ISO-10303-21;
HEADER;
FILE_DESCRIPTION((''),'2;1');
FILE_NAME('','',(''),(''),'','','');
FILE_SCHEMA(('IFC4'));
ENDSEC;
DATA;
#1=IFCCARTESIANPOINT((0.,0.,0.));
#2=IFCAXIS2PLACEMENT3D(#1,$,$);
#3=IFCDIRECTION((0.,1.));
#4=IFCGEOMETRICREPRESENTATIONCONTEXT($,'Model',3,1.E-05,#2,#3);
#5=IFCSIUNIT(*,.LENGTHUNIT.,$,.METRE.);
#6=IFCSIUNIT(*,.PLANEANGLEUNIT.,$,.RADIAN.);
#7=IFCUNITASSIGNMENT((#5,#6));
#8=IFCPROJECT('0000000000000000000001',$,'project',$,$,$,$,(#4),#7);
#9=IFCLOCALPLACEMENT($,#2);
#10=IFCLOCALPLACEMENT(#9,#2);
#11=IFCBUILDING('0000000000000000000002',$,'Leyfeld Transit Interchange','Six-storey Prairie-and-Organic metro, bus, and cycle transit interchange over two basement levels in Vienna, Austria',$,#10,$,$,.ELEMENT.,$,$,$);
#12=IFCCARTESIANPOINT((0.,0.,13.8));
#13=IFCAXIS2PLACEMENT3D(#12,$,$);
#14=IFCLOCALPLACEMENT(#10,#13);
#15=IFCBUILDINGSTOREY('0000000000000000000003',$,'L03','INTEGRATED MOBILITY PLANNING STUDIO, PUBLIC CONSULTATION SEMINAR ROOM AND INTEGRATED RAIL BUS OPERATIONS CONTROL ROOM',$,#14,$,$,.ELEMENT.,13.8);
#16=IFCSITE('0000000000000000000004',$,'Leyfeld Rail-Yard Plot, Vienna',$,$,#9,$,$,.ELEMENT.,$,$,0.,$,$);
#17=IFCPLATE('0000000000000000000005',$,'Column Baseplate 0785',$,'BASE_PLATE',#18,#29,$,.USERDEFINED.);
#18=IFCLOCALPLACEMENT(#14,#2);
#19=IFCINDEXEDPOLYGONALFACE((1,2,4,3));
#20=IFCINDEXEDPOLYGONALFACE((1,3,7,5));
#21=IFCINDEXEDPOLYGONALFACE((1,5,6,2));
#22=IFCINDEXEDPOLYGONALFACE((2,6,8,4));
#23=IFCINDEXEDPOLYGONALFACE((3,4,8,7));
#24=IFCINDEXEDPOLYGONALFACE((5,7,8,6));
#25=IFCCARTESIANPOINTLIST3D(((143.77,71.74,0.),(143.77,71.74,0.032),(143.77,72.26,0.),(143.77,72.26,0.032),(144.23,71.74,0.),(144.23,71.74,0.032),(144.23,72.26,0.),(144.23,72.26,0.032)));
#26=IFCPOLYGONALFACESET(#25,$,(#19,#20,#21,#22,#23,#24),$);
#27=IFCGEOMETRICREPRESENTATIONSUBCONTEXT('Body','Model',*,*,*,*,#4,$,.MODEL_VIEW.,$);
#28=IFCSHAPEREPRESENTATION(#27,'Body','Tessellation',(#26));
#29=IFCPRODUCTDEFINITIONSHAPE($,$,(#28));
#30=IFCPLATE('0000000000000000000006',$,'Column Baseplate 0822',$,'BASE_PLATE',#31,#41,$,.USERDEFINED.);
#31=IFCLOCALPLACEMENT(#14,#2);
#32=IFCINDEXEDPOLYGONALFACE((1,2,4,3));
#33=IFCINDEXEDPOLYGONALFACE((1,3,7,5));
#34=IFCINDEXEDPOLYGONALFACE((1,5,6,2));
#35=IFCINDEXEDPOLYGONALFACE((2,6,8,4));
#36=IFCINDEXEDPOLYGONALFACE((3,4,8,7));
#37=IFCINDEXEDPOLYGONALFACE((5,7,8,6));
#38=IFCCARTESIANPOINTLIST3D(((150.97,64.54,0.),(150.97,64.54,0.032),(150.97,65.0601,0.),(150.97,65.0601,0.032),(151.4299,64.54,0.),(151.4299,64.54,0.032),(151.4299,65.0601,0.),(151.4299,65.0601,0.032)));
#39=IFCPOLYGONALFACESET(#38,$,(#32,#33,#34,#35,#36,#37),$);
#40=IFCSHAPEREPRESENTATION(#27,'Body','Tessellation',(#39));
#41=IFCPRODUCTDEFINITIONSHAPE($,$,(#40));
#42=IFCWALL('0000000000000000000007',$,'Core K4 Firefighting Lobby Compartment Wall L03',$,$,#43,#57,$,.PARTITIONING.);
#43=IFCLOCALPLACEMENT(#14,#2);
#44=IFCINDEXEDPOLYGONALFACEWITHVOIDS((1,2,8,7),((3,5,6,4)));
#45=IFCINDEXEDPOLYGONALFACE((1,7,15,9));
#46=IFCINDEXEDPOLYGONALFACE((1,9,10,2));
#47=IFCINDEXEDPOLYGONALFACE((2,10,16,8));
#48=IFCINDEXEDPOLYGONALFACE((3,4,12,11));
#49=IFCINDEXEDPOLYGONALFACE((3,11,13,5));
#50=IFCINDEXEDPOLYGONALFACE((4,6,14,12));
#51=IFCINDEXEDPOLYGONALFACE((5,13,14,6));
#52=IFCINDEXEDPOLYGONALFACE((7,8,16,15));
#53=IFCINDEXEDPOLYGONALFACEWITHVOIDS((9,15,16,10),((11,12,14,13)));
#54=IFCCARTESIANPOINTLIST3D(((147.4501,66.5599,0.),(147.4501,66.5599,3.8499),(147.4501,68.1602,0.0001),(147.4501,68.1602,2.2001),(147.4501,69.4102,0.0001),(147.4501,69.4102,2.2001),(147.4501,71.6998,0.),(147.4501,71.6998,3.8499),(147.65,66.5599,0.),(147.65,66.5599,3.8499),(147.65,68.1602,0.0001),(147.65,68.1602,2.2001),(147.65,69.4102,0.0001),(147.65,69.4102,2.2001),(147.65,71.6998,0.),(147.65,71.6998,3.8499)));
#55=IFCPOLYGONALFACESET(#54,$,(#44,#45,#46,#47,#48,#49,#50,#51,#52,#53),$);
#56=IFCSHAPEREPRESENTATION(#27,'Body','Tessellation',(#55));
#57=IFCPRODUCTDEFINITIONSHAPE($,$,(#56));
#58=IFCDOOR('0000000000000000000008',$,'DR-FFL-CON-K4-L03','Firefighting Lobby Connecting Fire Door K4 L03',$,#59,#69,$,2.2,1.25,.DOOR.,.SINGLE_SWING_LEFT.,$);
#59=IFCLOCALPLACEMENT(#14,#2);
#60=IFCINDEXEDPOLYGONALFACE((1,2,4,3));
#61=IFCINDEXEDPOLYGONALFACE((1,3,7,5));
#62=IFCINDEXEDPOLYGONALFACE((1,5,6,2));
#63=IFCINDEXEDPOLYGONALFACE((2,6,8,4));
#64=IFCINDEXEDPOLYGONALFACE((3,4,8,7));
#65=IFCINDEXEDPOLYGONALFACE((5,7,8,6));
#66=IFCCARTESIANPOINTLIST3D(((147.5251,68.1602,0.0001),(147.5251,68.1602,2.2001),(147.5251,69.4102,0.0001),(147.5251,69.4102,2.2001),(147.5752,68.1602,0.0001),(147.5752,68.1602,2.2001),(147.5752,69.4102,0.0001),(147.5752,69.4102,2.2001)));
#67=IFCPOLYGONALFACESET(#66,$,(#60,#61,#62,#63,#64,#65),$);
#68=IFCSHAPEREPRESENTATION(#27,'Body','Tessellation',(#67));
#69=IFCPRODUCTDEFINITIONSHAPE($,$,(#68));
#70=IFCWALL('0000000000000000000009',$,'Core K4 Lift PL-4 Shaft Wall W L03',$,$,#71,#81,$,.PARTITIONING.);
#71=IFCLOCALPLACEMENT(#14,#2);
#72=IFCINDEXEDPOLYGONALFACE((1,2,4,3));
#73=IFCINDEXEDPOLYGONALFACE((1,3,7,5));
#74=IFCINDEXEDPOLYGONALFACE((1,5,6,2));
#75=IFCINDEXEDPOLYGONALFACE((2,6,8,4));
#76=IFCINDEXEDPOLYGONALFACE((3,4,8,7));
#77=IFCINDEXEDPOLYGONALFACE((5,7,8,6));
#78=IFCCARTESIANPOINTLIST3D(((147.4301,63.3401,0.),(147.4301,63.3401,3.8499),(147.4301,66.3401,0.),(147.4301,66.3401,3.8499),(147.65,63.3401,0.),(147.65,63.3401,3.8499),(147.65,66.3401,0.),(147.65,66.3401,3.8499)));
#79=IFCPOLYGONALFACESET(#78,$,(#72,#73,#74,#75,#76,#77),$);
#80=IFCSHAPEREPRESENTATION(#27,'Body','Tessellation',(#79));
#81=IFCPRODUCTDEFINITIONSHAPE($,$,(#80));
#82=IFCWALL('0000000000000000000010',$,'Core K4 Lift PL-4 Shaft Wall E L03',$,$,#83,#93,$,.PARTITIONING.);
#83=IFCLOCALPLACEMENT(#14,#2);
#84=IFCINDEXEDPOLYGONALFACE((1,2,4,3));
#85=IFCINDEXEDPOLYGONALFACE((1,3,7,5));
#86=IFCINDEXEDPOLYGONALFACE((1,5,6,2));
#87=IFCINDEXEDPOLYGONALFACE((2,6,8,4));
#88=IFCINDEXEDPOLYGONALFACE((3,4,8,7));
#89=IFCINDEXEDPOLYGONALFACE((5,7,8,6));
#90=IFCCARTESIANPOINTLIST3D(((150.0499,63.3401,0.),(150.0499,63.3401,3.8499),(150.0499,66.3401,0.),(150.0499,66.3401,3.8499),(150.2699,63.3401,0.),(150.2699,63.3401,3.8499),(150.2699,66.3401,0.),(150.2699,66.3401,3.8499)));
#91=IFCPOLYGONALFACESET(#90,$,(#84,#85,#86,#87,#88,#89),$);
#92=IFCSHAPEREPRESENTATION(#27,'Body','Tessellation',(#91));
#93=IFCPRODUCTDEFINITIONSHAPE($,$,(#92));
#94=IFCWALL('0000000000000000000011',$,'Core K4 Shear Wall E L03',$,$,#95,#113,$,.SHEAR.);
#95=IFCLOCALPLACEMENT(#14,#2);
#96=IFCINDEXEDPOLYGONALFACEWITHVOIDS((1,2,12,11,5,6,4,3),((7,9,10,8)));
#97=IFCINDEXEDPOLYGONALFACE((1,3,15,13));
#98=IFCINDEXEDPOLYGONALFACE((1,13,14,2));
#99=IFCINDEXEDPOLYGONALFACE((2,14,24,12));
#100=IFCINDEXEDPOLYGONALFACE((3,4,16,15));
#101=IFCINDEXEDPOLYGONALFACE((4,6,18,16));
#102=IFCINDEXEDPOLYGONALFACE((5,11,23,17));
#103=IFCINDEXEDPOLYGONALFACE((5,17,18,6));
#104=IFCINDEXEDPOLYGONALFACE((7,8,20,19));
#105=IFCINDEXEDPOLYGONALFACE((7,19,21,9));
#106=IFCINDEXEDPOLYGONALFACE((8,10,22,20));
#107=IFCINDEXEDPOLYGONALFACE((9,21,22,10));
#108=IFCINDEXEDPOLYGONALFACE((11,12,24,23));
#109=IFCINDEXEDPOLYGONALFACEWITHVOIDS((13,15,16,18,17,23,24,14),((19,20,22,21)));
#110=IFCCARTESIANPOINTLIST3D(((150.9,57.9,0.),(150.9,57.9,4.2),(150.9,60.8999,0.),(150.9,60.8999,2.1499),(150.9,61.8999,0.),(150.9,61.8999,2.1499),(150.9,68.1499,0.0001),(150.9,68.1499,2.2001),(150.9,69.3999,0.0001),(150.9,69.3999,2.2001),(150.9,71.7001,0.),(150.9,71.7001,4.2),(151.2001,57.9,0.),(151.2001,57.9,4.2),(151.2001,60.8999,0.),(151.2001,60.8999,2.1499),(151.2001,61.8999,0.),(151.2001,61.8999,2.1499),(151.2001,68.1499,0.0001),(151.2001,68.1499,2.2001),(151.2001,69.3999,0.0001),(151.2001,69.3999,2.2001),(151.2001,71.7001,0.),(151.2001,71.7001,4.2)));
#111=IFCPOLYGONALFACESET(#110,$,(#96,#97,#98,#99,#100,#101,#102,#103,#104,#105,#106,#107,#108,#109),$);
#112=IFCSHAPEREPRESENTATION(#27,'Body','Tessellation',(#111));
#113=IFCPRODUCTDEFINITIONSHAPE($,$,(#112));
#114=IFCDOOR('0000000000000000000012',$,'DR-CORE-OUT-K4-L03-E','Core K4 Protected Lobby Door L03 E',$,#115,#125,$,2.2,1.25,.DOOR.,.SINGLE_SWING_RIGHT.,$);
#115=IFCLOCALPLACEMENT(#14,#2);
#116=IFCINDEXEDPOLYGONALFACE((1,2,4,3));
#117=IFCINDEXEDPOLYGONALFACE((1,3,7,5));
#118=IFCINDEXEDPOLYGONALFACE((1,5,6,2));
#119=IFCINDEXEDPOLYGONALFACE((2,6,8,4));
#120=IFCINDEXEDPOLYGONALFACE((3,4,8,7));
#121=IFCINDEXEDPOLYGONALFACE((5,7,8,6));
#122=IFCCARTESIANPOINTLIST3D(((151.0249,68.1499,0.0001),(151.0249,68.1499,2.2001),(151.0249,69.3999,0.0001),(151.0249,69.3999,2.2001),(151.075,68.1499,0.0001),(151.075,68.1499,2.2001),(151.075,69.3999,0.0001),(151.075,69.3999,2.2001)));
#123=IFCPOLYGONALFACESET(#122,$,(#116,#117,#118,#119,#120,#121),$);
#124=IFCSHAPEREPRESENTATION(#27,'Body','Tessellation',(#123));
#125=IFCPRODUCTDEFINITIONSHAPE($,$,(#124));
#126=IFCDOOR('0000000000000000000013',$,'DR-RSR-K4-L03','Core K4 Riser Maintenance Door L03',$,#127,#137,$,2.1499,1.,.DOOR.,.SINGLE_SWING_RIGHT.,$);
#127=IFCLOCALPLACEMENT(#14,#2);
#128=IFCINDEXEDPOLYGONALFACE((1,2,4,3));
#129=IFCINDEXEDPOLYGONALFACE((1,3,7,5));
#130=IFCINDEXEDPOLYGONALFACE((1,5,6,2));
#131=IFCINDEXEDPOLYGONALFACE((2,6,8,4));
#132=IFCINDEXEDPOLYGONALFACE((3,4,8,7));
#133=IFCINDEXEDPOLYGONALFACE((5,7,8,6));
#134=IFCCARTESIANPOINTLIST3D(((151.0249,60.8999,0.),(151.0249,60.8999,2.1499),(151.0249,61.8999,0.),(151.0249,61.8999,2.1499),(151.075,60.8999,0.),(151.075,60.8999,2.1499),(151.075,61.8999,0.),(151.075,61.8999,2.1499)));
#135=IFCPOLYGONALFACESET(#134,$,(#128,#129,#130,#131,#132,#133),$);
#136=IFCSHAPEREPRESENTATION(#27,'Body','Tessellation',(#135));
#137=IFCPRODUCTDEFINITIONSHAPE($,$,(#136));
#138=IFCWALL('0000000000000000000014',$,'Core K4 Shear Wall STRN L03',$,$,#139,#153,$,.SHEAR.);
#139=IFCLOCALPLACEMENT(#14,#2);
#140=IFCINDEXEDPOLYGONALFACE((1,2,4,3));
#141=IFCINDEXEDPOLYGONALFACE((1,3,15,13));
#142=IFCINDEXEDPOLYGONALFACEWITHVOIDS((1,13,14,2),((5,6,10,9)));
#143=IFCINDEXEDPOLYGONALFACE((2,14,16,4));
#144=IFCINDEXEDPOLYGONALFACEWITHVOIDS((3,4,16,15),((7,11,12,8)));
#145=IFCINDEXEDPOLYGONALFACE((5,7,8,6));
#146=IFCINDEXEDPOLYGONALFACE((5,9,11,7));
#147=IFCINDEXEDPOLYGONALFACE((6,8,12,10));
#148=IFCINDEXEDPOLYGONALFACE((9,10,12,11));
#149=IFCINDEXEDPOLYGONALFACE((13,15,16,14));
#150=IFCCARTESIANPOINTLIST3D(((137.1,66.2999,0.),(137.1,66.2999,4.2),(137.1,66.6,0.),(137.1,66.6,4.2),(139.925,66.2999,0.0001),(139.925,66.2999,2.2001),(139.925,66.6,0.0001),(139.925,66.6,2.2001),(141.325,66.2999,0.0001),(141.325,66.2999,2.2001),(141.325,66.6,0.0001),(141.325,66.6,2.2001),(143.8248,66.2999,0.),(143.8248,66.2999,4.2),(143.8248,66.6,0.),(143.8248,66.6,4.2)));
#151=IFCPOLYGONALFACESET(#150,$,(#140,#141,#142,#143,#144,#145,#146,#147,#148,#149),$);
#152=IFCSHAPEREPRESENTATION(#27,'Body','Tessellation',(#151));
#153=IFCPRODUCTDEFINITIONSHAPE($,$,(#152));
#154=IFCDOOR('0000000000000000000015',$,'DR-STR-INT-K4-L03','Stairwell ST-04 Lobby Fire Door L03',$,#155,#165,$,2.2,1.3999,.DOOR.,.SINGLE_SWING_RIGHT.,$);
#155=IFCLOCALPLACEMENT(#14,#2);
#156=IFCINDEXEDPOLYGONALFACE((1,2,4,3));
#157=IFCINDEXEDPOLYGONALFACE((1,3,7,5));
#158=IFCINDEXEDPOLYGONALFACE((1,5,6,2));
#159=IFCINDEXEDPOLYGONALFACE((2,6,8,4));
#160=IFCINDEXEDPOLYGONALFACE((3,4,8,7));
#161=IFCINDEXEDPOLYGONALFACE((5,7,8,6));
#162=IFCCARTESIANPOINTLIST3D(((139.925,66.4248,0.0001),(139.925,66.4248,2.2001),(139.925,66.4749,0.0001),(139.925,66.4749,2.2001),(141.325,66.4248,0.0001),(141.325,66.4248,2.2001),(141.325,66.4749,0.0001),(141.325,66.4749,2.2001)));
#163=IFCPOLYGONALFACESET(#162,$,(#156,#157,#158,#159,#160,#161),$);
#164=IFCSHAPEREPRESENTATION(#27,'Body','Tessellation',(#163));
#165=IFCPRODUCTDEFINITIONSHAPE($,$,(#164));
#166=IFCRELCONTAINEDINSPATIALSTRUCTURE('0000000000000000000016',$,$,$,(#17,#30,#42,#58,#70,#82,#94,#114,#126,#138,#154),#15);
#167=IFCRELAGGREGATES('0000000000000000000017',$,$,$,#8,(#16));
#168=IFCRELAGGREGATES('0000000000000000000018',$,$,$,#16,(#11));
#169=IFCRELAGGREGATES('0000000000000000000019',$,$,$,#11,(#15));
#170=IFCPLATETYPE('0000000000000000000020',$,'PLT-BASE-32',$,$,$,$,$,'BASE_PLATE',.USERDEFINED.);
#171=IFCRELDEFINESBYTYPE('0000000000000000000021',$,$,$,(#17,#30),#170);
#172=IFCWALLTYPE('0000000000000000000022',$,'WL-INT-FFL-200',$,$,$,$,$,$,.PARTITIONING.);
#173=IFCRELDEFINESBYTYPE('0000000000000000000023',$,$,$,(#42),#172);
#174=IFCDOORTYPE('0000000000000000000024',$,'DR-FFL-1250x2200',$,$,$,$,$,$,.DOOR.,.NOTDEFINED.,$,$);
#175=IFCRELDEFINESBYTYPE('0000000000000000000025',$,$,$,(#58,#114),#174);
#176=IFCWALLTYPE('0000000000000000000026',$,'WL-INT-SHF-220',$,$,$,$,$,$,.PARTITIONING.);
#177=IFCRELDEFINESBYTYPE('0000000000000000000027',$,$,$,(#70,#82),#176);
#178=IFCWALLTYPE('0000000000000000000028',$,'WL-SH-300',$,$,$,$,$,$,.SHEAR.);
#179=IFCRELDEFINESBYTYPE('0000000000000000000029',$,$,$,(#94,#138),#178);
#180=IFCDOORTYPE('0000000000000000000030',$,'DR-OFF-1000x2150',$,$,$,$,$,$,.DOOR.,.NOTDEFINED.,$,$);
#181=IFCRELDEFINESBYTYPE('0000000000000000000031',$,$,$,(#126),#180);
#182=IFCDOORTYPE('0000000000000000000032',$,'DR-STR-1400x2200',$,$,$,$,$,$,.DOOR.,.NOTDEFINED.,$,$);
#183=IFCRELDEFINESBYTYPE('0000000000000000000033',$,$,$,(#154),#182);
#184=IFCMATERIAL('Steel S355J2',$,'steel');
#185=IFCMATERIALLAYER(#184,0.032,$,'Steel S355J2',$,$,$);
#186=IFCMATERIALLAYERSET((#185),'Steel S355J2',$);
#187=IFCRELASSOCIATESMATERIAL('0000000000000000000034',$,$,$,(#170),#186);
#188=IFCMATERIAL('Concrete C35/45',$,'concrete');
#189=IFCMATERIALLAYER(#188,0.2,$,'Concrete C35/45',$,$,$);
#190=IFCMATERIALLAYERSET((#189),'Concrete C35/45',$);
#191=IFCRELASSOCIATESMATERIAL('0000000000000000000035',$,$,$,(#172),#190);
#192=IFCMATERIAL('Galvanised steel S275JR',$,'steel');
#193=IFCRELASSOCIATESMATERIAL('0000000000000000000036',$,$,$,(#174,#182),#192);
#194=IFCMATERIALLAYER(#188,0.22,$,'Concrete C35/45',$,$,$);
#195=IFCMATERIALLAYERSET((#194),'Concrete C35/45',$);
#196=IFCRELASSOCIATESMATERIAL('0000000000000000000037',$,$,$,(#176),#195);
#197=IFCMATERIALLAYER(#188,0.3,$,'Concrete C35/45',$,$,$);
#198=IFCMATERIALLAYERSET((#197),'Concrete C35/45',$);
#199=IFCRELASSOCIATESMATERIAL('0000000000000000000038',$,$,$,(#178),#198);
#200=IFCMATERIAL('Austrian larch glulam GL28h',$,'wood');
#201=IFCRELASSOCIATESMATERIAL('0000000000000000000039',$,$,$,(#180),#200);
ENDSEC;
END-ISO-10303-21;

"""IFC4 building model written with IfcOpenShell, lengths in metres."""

from ifc_helpers import new_model, si_unit, direction, frame, frame_2d, origin, origin_2d, place, context, subcontext, project, spatial, rectangle, extrude, material, layer, layer_set, type_object, element, fill, save


model = new_model("IFC4")

# Units and contexts
model_context = context("Model", 3, precision=1e-05, world=origin(), true_north=direction((0.0, 1.0)))
body_context = subcontext(model_context, "Body", "Model", "MODEL_VIEW")
ifc_project = project(units=[si_unit("LENGTHUNIT", "METRE"), si_unit("PLANEANGLEUNIT", "RADIAN")], contexts=[model_context])

# Site, building, storey
site_placement = place(None, origin())
site = spatial("IfcSite", under=ifc_project, at=site_placement, Name="Leyfeld Rail-Yard Plot, Vienna", CompositionType="ELEMENT", RefElevation=0.0)
building_placement = place(site_placement, origin())
building = spatial("IfcBuilding", under=site, at=building_placement, Name="Leyfeld Transit Interchange", Description="Six-storey Prairie-and-Organic metro, bus, and cycle transit interchange over two basement levels in Vienna, Austria", CompositionType="ELEMENT")
storey_placement = place(building_placement, frame((0.0, 0.0, 13.8)))
storey = spatial("IfcBuildingStorey", under=building, at=storey_placement, Name="L03", Description="INTEGRATED MOBILITY PLANNING STUDIO, PUBLIC CONSULTATION SEMINAR ROOM AND INTEGRATED RAIL BUS OPERATIONS CONTROL ROOM", CompositionType="ELEMENT", Elevation=13.8)

# Shared definitions
ifc_material_1 = material(Name="Steel S355J2", Category="steel")

# Shared definitions
ifc_material_2 = material(Name="Concrete C35/45", Category="concrete")

# Plates
ifc_layer_1 = layer(ifc_material_1, 0.032, Name="Steel S355J2")
ifc_layer_set_1 = layer_set([ifc_layer_1], Name="Steel S355J2")
plate_type = type_object("IfcPlateType", Name="PLT-BASE-32", ElementType="BASE_PLATE", PredefinedType="USERDEFINED", material=ifc_layer_set_1)
for number, where, z_axis, x_axis, name in (
    (1, (144.0, 72.0, 0.0), (0.0, 0.0, 1.0), (1.0, 0.0, 0.0), "Column Baseplate 0785"),
    (2, (151.2, 64.8, 0.0), (0.0, 0.0, 1.0), (1.0, 0.0, 0.0), "Column Baseplate 0822"),
):
    element("IfcPlate", number, at=place(storey_placement, frame(where, z_axis=z_axis, x_axis=x_axis)), inside=storey, type_object=plate_type, Name=name, ObjectType="BASE_PLATE", PredefinedType="USERDEFINED", context=body_context, shape_type="SweptSolid", body=[
        extrude(rectangle(XDim=0.46, YDim=0.52, at=origin_2d()), origin(), (0.0, 0.0, 1.0), 0.032),
    ])

# Wall, opening, door
ifc_layer_2 = layer(ifc_material_2, 0.2, Name="Concrete C35/45")
ifc_layer_set_2 = layer_set([ifc_layer_2], Name="Concrete C35/45")
wall_type_1 = type_object("IfcWallType", Name="WL-INT-FFL-200", PredefinedType="PARTITIONING", material=ifc_layer_set_2)
wall_1_placement = place(storey_placement, frame((147.55, 66.5601, 0.0), z_axis=(0.0, 0.0, 1.0), x_axis=(0.0, 1.0, 0.0)))
wall_1 = element("IfcWall", 3, at=wall_1_placement, inside=storey, type_object=wall_type_1, Name="Core K4 Firefighting Lobby Compartment Wall L03", PredefinedType="PARTITIONING", context=body_context, shape_type="SweptSolid", body=[
    extrude(rectangle(XDim=5.1399, YDim=0.2, at=frame_2d((2.5698, 0.0))), origin(), (0.0, 0.0, 1.0), 3.8499),
])
opening_1_placement = place(wall_1_placement, frame((1.6001, 0.0, 0.0)))
opening_1 = element("IfcOpeningElement", 4, at=opening_1_placement, cuts=wall_1, PredefinedType="OPENING", context=body_context, shape_type="SweptSolid", body=[
    extrude(rectangle(XDim=1.25, YDim=2.2, at=frame_2d((0.625, 1.1001))), frame((0.0, 0.1099, 0.0), z_axis=(0.0, -1.0, 0.0), x_axis=(1.0, 0.0, 0.0)), (0.0, 0.0, 1.0), 0.22),
])
ifc_material_3 = material(Name="Galvanised steel S275JR", Category="steel")
door_type_1 = type_object("IfcDoorType", Name="DR-FFL-1250x2200", OperationType="NOTDEFINED", PredefinedType="DOOR", material=ifc_material_3)
door_1_placement = place(opening_1_placement, origin())
door_1 = element("IfcDoor", 5, at=door_1_placement, inside=storey, type_object=door_type_1, Name="DR-FFL-CON-K4-L03", Description="Firefighting Lobby Connecting Fire Door K4 L03", OperationType="SINGLE_SWING_LEFT", OverallHeight=2.2, OverallWidth=1.25, PredefinedType="DOOR", context=body_context, shape_type="SweptSolid", body=[
    extrude(rectangle(XDim=1.25, YDim=2.2, at=frame_2d((0.625, 1.1001))), frame((0.0, 0.0249, 0.0), z_axis=(0.0, -1.0, 0.0), x_axis=(1.0, 0.0, 0.0)), (0.0, 0.0, 1.0), 0.05),
])
fill(opening_1, door_1)

# Shared definitions
ifc_layer_3 = layer(ifc_material_2, 0.22, Name="Concrete C35/45")
ifc_layer_set_3 = layer_set([ifc_layer_3], Name="Concrete C35/45")
wall_type_2 = type_object("IfcWallType", Name="WL-INT-SHF-220", PredefinedType="PARTITIONING", material=ifc_layer_set_3)

# Walls
for number, where, z_axis, x_axis, name in (
    (6, (147.54, 63.3401, 0.0), (0.0, 0.0, 1.0), (0.0, 1.0, 0.0), "Core K4 Lift PL-4 Shaft Wall W L03"),
    (7, (150.1599, 63.3401, 0.0), (0.0, 0.0, 1.0), (0.0, 1.0, 0.0), "Core K4 Lift PL-4 Shaft Wall E L03"),
):
    element("IfcWall", number, at=place(storey_placement, frame(where, z_axis=z_axis, x_axis=x_axis)), inside=storey, type_object=wall_type_2, Name=name, PredefinedType="PARTITIONING", context=body_context, shape_type="SweptSolid", body=[
        extrude(rectangle(XDim=3.0, YDim=0.22, at=frame_2d((1.5, 0.0))), origin(), (0.0, 0.0, 1.0), 3.8499),
    ])

# Wall, openings, doors
ifc_layer_4 = layer(ifc_material_2, 0.3, Name="Concrete C35/45")
ifc_layer_set_4 = layer_set([ifc_layer_4], Name="Concrete C35/45")
wall_type_3 = type_object("IfcWallType", Name="WL-SH-300", PredefinedType="SHEAR", material=ifc_layer_set_4)
wall_2_placement = place(storey_placement, frame((151.05, 71.7, 0.0), z_axis=(0.0, 0.0, 1.0), x_axis=(0.0, -1.0, 0.0)))
wall_2 = element("IfcWall", 8, at=wall_2_placement, inside=storey, type_object=wall_type_3, Name="Core K4 Shear Wall E L03", PredefinedType="SHEAR", context=body_context, shape_type="SweptSolid", body=[
    extrude(rectangle(XDim=13.8, YDim=0.3, at=frame_2d((6.8999, 0.0))), origin(), (0.0, 0.0, 1.0), 4.2),
])
opening_2_placement = place(wall_2_placement, frame((9.8, 0.0, 0.0)))
opening_2 = element("IfcOpeningElement", 9, at=opening_2_placement, cuts=wall_2, PredefinedType="OPENING", context=body_context, shape_type="SweptSolid", body=[
    extrude(rectangle(XDim=1.0, YDim=2.1499, at=frame_2d((0.5, 1.075))), frame((0.0, 0.1599, 0.0), z_axis=(0.0, -1.0, 0.0), x_axis=(1.0, 0.0, 0.0)), (0.0, 0.0, 1.0), 0.3201),
])
opening_3_placement = place(wall_2_placement, frame((2.3, 0.0, 0.0)))
opening_3 = element("IfcOpeningElement", 10, at=opening_3_placement, cuts=wall_2, PredefinedType="OPENING", context=body_context, shape_type="SweptSolid", body=[
    extrude(rectangle(XDim=1.25, YDim=2.2, at=frame_2d((0.625, 1.1001))), frame((0.0, 0.1599, 0.0), z_axis=(0.0, -1.0, 0.0), x_axis=(1.0, 0.0, 0.0)), (0.0, 0.0, 1.0), 0.3201),
])
door_2_placement = place(opening_3_placement, origin())
door_2 = element("IfcDoor", 11, at=door_2_placement, inside=storey, type_object=door_type_1, Name="DR-CORE-OUT-K4-L03-E", Description="Core K4 Protected Lobby Door L03 E", OperationType="SINGLE_SWING_RIGHT", OverallHeight=2.2, OverallWidth=1.25, PredefinedType="DOOR", context=body_context, shape_type="SweptSolid", body=[
    extrude(rectangle(XDim=1.25, YDim=2.2, at=frame_2d((0.625, 1.1001))), frame((0.0, 0.0249, 0.0), z_axis=(0.0, -1.0, 0.0), x_axis=(1.0, 0.0, 0.0)), (0.0, 0.0, 1.0), 0.05),
])
fill(opening_3, door_2)
ifc_material_4 = material(Name="Austrian larch glulam GL28h", Category="wood")
door_type_2 = type_object("IfcDoorType", Name="DR-OFF-1000x2150", OperationType="NOTDEFINED", PredefinedType="DOOR", material=ifc_material_4)
door_3_placement = place(opening_2_placement, origin())
door_3 = element("IfcDoor", 12, at=door_3_placement, inside=storey, type_object=door_type_2, Name="DR-RSR-K4-L03", Description="Core K4 Riser Maintenance Door L03", OperationType="SINGLE_SWING_RIGHT", OverallHeight=2.1499, OverallWidth=1.0, PredefinedType="DOOR", context=body_context, shape_type="SweptSolid", body=[
    extrude(rectangle(XDim=1.0, YDim=2.1499, at=frame_2d((0.5, 1.075))), frame((0.0, 0.0249, 0.0), z_axis=(0.0, -1.0, 0.0), x_axis=(1.0, 0.0, 0.0)), (0.0, 0.0, 1.0), 0.05),
])
fill(opening_2, door_3)

# Wall, opening, door
wall_3_placement = place(storey_placement, frame((137.1001, 66.45, 0.0), z_axis=(0.0, 0.0, 1.0), x_axis=(1.0, 0.0, 0.0)))
wall_3 = element("IfcWall", 13, at=wall_3_placement, inside=storey, type_object=wall_type_3, Name="Core K4 Shear Wall STRN L03", PredefinedType="SHEAR", context=body_context, shape_type="SweptSolid", body=[
    extrude(rectangle(XDim=6.7249, YDim=0.3, at=frame_2d((3.3623, 0.0))), origin(), (0.0, 0.0, 1.0), 4.2),
])
opening_4_placement = place(wall_3_placement, frame((2.825, 0.0, 0.0)))
opening_4 = element("IfcOpeningElement", 14, at=opening_4_placement, cuts=wall_3, PredefinedType="OPENING", context=body_context, shape_type="SweptSolid", body=[
    extrude(rectangle(XDim=1.3999, YDim=2.2, at=frame_2d((0.7, 1.1001))), frame((0.0, 0.1599, 0.0), z_axis=(0.0, -1.0, 0.0), x_axis=(1.0, 0.0, 0.0)), (0.0, 0.0, 1.0), 0.3201),
])
door_type_3 = type_object("IfcDoorType", Name="DR-STR-1400x2200", OperationType="NOTDEFINED", PredefinedType="DOOR", material=ifc_material_3)
door_4_placement = place(opening_4_placement, origin())
door_4 = element("IfcDoor", 15, at=door_4_placement, inside=storey, type_object=door_type_3, Name="DR-STR-INT-K4-L03", Description="Stairwell ST-04 Lobby Fire Door L03", OperationType="SINGLE_SWING_RIGHT", OverallHeight=2.2, OverallWidth=1.3999, PredefinedType="DOOR", context=body_context, shape_type="SweptSolid", body=[
    extrude(rectangle(XDim=1.3999, YDim=2.2, at=frame_2d((0.7, 1.1001))), frame((0.0, 0.0249, 0.0), z_axis=(0.0, -1.0, 0.0), x_axis=(1.0, 0.0, 0.0)), (0.0, 0.0, 1.0), 0.05),
])
fill(opening_4, door_4)

save(model, "model.ifc")
